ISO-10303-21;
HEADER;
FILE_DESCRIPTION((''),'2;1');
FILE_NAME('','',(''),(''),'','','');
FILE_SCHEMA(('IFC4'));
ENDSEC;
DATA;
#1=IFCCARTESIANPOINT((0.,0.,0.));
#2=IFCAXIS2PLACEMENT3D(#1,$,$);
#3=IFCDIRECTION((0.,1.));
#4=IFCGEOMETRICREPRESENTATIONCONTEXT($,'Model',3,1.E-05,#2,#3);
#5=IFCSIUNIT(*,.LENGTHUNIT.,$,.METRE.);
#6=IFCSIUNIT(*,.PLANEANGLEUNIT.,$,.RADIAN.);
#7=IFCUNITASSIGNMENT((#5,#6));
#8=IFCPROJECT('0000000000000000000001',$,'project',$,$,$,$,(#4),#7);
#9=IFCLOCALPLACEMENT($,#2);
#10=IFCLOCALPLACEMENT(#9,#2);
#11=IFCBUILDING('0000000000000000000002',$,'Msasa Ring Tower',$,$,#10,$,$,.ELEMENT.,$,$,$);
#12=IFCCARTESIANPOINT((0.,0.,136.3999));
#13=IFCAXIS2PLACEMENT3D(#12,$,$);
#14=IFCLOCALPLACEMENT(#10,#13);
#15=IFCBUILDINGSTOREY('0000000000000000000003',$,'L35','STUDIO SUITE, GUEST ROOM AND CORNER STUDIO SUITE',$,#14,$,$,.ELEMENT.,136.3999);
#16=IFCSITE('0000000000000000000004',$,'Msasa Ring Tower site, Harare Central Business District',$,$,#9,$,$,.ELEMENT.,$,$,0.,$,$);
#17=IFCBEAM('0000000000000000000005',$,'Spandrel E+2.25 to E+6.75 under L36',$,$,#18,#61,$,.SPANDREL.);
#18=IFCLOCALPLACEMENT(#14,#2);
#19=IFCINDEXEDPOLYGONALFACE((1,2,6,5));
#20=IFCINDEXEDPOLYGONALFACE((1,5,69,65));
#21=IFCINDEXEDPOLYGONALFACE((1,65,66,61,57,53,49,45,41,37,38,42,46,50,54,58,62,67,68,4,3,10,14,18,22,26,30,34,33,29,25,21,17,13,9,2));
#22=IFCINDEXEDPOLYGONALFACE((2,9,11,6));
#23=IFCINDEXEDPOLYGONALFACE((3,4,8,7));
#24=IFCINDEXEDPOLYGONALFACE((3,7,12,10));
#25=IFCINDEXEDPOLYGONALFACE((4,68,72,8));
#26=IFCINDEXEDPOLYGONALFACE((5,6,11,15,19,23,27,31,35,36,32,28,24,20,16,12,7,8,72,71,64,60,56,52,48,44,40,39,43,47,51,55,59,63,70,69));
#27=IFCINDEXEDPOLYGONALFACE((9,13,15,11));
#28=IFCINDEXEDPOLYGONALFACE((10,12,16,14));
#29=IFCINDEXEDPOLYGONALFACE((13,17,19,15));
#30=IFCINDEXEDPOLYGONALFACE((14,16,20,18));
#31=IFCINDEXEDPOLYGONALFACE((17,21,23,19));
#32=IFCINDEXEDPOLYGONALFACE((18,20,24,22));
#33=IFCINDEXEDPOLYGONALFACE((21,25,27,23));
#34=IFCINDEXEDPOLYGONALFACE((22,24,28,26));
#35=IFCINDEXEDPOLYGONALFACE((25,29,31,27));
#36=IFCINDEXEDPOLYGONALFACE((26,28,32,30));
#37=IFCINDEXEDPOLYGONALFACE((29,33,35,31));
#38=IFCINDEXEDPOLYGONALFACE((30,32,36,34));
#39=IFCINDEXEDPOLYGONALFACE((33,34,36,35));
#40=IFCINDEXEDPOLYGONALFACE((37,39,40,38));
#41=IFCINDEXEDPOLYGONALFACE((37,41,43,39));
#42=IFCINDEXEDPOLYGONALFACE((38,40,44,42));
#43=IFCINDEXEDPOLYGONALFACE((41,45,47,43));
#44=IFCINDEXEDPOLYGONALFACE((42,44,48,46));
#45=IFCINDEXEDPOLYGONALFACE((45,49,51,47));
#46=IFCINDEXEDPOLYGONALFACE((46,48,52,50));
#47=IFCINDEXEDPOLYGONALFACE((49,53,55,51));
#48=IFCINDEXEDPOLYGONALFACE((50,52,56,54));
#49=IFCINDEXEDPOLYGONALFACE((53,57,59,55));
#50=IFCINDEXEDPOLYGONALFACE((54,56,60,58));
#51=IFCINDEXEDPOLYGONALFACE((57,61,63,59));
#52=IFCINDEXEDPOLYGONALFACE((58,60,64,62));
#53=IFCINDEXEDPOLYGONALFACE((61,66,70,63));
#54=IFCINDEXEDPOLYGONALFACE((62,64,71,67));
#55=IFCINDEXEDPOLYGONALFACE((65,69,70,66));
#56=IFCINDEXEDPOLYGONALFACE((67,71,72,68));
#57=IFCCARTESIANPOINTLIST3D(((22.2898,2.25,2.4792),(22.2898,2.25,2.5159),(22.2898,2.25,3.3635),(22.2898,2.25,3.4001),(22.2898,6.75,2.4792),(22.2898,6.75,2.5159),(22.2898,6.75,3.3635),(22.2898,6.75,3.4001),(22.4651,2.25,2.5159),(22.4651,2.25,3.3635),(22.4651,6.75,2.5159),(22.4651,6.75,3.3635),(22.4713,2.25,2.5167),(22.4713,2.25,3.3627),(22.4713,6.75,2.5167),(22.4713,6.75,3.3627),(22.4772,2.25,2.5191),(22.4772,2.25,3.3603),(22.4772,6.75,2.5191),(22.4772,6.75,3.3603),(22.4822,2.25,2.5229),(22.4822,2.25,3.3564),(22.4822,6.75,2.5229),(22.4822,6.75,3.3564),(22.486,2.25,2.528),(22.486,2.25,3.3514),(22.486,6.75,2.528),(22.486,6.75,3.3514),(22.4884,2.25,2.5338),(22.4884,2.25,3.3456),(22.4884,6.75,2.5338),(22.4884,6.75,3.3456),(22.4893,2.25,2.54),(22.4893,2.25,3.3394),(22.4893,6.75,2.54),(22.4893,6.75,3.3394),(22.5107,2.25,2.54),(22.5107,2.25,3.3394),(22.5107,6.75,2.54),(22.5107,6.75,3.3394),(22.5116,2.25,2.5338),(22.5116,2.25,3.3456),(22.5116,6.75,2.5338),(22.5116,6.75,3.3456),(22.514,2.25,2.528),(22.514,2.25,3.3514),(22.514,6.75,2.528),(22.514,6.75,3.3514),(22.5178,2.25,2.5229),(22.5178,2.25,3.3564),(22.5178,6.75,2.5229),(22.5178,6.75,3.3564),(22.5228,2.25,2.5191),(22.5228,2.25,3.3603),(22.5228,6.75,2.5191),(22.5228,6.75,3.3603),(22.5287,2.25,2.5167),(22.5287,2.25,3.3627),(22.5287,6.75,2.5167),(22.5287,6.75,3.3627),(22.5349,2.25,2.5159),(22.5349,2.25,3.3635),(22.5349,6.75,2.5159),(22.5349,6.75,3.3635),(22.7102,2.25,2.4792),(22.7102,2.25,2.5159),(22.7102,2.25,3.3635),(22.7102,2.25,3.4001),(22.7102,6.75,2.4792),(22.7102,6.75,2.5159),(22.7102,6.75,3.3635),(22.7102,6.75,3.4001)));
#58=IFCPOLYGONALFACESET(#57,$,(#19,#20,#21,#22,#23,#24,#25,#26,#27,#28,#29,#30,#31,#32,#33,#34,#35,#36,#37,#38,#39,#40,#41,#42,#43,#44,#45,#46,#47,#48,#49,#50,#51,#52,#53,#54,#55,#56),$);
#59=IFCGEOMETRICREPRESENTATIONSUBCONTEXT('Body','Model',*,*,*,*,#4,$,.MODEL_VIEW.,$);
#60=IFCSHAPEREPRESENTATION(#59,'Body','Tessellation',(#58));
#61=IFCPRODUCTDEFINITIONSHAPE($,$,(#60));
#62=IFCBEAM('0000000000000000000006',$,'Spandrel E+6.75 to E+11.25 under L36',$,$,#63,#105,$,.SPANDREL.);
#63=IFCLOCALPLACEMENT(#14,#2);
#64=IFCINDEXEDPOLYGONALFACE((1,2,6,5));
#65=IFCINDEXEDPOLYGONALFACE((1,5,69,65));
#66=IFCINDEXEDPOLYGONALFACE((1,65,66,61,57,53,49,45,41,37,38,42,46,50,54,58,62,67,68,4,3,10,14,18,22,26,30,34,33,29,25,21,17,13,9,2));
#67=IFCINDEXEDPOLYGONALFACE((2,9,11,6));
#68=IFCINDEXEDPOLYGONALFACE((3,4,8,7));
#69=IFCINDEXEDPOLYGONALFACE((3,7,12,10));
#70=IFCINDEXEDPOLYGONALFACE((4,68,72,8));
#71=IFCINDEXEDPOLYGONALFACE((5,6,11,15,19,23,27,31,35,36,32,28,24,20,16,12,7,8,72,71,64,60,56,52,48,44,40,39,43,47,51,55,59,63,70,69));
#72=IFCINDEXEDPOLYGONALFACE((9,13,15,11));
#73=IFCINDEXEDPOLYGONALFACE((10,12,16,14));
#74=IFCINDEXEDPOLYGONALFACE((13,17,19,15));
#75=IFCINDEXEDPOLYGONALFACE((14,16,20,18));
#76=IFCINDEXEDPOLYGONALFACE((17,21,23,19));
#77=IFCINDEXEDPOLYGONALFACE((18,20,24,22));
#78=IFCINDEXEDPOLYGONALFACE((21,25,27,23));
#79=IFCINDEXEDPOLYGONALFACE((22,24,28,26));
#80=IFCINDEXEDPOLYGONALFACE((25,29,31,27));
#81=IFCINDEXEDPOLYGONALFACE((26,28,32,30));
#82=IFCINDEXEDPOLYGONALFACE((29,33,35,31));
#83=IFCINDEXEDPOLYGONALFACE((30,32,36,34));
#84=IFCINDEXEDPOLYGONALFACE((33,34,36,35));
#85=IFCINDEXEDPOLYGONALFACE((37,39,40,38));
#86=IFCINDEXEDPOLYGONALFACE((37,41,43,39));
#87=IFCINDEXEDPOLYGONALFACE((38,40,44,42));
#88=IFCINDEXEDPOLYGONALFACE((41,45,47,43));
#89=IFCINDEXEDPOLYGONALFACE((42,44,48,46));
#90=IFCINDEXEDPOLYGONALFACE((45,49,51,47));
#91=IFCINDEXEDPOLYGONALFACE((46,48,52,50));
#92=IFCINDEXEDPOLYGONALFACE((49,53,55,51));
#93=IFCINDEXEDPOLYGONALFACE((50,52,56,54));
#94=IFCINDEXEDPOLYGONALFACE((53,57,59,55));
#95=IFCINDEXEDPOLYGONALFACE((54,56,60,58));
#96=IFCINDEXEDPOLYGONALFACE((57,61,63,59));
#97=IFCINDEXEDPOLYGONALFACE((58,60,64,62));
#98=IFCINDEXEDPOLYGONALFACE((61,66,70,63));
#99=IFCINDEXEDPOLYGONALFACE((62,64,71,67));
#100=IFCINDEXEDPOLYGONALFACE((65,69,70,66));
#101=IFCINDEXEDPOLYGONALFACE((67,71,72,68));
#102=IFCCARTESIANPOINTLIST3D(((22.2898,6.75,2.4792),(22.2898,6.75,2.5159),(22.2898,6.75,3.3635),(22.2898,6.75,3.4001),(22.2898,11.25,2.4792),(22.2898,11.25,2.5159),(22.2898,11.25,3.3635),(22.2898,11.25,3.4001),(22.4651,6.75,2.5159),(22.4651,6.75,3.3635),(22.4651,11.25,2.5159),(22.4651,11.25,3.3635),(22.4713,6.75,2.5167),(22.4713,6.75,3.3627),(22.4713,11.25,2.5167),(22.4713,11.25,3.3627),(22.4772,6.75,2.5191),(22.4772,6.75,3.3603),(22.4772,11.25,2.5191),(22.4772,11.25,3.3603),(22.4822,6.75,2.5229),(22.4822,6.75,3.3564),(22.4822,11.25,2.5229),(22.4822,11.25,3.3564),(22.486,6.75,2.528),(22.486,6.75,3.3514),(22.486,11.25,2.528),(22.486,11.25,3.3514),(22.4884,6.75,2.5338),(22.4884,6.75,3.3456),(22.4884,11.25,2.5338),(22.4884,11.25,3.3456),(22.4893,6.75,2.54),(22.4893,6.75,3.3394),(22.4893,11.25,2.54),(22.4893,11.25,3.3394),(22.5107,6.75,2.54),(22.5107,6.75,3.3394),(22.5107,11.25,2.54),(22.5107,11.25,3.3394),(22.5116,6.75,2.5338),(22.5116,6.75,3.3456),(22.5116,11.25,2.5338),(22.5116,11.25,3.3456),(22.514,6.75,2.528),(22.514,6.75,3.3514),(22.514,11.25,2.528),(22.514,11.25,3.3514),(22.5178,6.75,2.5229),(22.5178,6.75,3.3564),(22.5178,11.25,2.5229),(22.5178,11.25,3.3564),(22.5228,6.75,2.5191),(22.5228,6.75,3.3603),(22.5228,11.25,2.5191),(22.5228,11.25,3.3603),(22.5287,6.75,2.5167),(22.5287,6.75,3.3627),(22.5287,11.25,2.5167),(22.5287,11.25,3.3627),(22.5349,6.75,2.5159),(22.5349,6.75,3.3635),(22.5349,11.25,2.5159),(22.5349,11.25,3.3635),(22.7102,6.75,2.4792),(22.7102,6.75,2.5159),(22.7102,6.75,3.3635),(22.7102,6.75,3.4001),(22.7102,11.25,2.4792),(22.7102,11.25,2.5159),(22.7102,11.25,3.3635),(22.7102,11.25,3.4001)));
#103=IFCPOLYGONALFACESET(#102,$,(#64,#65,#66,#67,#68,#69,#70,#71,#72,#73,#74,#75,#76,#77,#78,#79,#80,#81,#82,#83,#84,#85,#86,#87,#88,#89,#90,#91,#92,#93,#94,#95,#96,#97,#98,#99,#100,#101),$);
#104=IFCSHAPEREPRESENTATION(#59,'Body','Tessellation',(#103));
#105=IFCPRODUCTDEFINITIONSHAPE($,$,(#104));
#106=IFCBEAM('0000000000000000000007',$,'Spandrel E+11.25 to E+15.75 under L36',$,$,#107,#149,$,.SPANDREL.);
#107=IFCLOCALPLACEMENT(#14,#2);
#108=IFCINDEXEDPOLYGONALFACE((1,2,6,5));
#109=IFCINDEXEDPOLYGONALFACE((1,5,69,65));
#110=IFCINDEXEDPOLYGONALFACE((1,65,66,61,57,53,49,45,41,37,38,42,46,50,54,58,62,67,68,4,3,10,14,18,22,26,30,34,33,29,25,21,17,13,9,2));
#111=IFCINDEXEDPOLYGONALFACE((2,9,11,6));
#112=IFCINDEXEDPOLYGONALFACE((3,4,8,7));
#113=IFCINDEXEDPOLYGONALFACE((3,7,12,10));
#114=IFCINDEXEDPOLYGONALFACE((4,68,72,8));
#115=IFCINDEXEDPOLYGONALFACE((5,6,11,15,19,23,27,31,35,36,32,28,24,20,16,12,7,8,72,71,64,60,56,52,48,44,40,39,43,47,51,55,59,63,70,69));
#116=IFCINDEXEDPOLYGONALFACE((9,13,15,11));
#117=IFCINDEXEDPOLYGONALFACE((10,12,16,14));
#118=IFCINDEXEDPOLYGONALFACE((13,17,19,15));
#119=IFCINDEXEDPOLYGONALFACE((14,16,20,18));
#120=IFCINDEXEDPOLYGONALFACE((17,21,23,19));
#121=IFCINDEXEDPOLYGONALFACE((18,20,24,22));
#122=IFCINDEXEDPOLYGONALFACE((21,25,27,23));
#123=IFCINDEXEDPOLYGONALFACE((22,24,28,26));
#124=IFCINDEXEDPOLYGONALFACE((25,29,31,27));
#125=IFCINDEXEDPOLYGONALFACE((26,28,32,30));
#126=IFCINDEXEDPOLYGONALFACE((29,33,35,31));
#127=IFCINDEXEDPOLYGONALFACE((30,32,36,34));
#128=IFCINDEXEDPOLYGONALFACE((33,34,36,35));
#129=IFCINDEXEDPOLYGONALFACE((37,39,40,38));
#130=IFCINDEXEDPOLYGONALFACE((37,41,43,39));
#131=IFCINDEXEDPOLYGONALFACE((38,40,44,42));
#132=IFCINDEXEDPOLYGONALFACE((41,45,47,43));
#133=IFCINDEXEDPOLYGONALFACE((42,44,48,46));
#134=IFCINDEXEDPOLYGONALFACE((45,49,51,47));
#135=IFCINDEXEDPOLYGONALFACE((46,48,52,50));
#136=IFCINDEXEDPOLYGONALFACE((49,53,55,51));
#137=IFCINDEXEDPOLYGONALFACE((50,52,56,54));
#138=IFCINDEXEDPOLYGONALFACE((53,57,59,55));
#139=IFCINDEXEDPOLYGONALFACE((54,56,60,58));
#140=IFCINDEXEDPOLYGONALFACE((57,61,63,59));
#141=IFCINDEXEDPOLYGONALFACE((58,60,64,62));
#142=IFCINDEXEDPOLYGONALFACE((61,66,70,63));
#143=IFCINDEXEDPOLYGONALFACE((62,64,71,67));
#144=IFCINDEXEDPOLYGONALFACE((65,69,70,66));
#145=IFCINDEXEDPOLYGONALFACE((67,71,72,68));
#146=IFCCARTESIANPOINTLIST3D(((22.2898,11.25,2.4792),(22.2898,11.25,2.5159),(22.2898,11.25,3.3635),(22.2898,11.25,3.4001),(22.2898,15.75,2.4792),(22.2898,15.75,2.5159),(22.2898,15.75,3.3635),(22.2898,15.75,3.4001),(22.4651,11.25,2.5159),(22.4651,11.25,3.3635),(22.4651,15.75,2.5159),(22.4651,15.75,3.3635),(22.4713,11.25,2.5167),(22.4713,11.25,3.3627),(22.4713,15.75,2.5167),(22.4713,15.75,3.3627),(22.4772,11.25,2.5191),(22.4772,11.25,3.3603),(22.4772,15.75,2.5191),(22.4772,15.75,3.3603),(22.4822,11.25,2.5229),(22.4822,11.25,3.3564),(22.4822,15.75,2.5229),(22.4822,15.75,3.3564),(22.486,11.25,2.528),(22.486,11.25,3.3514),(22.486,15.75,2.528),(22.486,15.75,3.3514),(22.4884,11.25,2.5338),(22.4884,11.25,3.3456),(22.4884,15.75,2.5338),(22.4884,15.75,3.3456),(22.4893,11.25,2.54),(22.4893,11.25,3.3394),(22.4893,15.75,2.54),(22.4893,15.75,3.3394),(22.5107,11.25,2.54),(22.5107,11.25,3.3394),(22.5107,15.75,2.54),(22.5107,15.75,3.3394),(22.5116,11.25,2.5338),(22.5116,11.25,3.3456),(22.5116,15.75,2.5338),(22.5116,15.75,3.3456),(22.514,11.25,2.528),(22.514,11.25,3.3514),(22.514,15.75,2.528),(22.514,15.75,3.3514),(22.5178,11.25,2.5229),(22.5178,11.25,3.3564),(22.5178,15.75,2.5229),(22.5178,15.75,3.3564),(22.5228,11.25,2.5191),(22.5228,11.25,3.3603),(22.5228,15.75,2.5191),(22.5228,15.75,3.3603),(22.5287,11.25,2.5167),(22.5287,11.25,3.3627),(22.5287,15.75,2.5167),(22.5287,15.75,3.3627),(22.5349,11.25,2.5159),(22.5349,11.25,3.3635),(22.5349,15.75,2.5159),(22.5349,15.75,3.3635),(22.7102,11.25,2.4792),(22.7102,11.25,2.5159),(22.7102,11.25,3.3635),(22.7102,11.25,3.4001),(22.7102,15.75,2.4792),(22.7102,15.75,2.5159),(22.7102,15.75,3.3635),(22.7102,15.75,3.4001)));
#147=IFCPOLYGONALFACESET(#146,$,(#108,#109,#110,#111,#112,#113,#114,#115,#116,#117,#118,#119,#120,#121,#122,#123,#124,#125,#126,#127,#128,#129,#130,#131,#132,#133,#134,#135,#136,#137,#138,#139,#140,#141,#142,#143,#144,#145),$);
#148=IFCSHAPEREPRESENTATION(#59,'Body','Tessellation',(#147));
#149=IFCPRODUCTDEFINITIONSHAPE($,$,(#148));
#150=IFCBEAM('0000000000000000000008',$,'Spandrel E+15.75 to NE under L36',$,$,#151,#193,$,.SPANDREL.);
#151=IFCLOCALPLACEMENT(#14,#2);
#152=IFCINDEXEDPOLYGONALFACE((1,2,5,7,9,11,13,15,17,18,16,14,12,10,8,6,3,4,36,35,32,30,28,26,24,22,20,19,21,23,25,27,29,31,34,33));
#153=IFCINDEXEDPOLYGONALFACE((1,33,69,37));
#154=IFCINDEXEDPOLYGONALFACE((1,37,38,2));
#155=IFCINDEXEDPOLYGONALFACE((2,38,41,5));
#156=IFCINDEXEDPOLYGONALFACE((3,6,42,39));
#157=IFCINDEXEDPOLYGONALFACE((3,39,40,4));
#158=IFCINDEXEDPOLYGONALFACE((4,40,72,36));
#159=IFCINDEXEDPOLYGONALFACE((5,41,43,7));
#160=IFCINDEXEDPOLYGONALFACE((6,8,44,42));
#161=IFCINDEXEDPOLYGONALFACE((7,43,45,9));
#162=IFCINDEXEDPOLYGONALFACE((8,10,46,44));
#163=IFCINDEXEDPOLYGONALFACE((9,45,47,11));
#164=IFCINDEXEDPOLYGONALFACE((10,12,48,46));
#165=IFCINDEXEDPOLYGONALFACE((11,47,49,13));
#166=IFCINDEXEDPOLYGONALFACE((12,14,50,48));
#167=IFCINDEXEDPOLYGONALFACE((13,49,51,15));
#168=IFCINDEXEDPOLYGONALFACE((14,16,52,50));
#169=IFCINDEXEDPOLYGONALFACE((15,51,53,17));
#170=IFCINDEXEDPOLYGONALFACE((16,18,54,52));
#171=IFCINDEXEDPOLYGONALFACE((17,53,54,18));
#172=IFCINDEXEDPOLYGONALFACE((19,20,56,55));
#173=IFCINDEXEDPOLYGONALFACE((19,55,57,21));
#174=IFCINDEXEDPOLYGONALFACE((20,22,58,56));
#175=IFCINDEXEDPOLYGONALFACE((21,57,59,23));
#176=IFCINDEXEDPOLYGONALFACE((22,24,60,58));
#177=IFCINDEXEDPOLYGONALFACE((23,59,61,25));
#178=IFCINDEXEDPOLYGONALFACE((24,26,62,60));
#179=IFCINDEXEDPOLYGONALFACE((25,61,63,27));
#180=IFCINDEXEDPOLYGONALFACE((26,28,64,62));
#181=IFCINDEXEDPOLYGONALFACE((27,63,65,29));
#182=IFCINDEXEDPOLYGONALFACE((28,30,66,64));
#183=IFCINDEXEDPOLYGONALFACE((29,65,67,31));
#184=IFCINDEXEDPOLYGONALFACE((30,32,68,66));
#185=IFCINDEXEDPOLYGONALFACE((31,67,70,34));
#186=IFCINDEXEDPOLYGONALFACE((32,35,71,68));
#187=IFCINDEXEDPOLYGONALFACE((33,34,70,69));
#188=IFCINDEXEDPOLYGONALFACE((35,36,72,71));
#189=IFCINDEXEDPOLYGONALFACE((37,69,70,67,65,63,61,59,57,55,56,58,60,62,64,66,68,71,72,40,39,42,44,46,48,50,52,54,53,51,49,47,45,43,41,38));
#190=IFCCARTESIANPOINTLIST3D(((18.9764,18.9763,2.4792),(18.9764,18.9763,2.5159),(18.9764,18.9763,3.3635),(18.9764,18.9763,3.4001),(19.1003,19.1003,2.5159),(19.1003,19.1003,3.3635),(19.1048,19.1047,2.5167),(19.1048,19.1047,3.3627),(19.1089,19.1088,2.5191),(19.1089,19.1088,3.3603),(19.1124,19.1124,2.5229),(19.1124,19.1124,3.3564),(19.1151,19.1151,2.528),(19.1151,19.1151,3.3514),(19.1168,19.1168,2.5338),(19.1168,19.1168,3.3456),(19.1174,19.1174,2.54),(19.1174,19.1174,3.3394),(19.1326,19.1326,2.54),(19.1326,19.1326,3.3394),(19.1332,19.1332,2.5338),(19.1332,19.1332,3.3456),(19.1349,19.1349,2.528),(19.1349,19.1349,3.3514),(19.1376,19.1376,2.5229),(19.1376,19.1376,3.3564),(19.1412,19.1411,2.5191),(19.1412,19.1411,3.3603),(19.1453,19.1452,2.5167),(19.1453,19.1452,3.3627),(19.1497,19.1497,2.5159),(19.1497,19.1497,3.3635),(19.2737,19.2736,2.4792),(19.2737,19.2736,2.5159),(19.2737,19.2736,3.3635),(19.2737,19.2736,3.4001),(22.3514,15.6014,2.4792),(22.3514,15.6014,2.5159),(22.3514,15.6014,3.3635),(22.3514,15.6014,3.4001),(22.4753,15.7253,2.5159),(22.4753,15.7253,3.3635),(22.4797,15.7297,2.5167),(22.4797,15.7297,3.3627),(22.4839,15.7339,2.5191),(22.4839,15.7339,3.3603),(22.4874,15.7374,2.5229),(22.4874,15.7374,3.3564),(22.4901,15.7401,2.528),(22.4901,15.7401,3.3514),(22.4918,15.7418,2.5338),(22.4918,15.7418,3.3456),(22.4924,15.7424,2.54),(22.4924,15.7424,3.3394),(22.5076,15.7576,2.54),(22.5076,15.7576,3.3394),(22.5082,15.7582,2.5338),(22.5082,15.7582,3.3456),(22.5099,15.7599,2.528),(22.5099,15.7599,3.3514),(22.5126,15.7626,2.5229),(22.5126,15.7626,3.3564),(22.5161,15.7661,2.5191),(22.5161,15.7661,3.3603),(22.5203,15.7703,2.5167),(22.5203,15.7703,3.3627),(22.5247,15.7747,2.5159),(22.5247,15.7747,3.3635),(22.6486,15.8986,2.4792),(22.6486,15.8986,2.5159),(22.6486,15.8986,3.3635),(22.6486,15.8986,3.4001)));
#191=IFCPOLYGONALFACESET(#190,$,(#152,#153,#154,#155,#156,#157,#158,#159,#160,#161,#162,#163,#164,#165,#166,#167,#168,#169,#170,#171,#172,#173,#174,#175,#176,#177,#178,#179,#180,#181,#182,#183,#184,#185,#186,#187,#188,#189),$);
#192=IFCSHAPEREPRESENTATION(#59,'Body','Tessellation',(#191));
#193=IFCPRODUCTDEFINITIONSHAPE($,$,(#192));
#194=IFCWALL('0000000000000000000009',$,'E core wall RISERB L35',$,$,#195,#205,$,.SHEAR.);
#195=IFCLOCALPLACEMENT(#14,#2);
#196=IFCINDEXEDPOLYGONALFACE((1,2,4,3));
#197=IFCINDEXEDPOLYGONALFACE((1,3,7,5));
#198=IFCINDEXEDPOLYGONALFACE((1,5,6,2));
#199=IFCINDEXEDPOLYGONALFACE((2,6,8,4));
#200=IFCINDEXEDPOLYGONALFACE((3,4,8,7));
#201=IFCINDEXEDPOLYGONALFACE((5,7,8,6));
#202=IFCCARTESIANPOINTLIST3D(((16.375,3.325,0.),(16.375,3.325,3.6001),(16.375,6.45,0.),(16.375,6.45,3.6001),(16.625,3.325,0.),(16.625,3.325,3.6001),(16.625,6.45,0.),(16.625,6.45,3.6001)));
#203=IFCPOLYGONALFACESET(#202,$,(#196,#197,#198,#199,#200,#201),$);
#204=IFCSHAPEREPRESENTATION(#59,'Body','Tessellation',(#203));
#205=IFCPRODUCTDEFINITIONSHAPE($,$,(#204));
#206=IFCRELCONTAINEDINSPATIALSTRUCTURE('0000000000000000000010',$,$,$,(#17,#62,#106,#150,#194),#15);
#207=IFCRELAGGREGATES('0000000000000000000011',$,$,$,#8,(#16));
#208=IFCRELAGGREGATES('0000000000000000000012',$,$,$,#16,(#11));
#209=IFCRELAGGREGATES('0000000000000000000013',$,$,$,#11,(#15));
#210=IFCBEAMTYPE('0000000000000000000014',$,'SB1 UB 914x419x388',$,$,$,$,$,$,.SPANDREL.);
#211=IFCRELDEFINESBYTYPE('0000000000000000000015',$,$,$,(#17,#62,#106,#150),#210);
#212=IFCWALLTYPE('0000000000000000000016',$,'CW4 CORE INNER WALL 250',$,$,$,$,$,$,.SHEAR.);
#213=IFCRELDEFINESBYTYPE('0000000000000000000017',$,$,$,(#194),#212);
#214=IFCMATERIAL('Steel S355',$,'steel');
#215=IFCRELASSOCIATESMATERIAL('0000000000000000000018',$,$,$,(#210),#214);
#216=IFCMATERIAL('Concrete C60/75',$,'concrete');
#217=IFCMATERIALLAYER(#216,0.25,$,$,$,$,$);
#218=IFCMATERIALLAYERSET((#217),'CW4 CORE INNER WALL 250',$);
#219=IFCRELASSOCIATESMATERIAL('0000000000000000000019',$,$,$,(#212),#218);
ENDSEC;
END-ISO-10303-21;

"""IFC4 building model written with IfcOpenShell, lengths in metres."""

from ifc_helpers import new_model, si_unit, direction, frame, frame_2d, origin, origin_2d, place, context, subcontext, project, spatial, rectangle, i_section, extrude, material, layer, layer_set, material_profile, profile_set, type_object, element, save


model = new_model("IFC4")

# Units and contexts
model_context = context("Model", 3, precision=1e-05, world=origin(), true_north=direction((0.0, 1.0)))
body_context = subcontext(model_context, "Body", "Model", "MODEL_VIEW")
ifc_project = project(units=[si_unit("LENGTHUNIT", "METRE"), si_unit("PLANEANGLEUNIT", "RADIAN")], contexts=[model_context])

# Site, building, storey
site_placement = place(None, origin())
site = spatial("IfcSite", under=ifc_project, at=site_placement, Name="Msasa Ring Tower site, Harare Central Business District", CompositionType="ELEMENT", RefElevation=0.0)
building_placement = place(site_placement, origin())
building = spatial("IfcBuilding", under=site, at=building_placement, Name="Msasa Ring Tower", CompositionType="ELEMENT")
storey_placement = place(building_placement, frame((0.0, 0.0, 136.3999)))
storey = spatial("IfcBuildingStorey", under=building, at=storey_placement, Name="L35", Description="STUDIO SUITE, GUEST ROOM AND CORNER STUDIO SUITE", CompositionType="ELEMENT", Elevation=136.3999)

# Beams
ifc_material_1 = material(Name="Steel S355", Category="steel")
ifc_material_profile_1 = material_profile(ifc_material_1, i_section(OverallWidth=0.4204, OverallDepth=0.9209, WebThickness=0.0215, FlangeThickness=0.0366, FilletRadius=0.0242, at=origin_2d()), Name="UB 914x419x388")
ifc_profile_set_1 = profile_set([ifc_material_profile_1], Name="Steel S355")
beam_type_1 = type_object("IfcBeamType", Name="SB1 UB 914x419x388", PredefinedType="SPANDREL", material=ifc_profile_set_1)
for number, where, z_axis, x_axis, name in (
    (1, (22.5, 2.25, 2.9397), (0.0, 1.0, 0.0), (-1.0, 0.0, 0.0), "Spandrel E+2.25 to E+6.75 under L36"),
    (2, (22.5, 6.75, 2.9397), (0.0, 1.0, 0.0), (-1.0, 0.0, 0.0), "Spandrel E+6.75 to E+11.25 under L36"),
    (3, (22.5, 11.25, 2.9397), (0.0, 1.0, 0.0), (-1.0, 0.0, 0.0), "Spandrel E+11.25 to E+15.75 under L36"),
):
    element("IfcBeam", number, at=place(storey_placement, frame(where, z_axis=z_axis, x_axis=x_axis)), inside=storey, type_object=beam_type_1, Name=name, PredefinedType="SPANDREL", context=body_context, shape_type="SweptSolid", body=[
        extrude(i_section(OverallWidth=0.4204, OverallDepth=0.9209, WebThickness=0.0215, FlangeThickness=0.0366, FilletRadius=0.0242, at=origin_2d()), origin(), (0.0, 0.0, 1.0), 4.5),
    ])
beam_1_placement = place(storey_placement, frame((22.5, 15.75, 2.9397), z_axis=(-0.707107, 0.707107, 0.0), x_axis=(-0.707107, -0.707107, 0.0)))
element("IfcBeam", 4, at=beam_1_placement, inside=storey, type_object=beam_type_1, Name="Spandrel E+15.75 to NE under L36", PredefinedType="SPANDREL", context=body_context, shape_type="SweptSolid", body=[
    extrude(i_section(OverallWidth=0.4204, OverallDepth=0.9209, WebThickness=0.0215, FlangeThickness=0.0366, FilletRadius=0.0242, at=origin_2d()), origin(), (0.0, 0.0, 1.0), 4.7729),
])

# Wall
ifc_material_2 = material(Name="Concrete C60/75", Category="concrete")
ifc_layer_1 = layer(ifc_material_2, 0.25)
ifc_layer_set_1 = layer_set([ifc_layer_1], Name="CW4 CORE INNER WALL 250")
wall_type_1 = type_object("IfcWallType", Name="CW4 CORE INNER WALL 250", PredefinedType="SHEAR", material=ifc_layer_set_1)
wall_1_placement = place(storey_placement, frame((16.5, 3.325, 0.0), z_axis=(0.0, 0.0, 1.0), x_axis=(0.0, 1.0, 0.0)))
element("IfcWall", 5, at=wall_1_placement, inside=storey, type_object=wall_type_1, Name="E core wall RISERB L35", PredefinedType="SHEAR", context=body_context, shape_type="SweptSolid", body=[
    extrude(rectangle(XDim=3.125, YDim=0.25, at=frame_2d((1.5625, 0.0))), origin(), (0.0, 0.0, 1.0), 3.6001),
])

save(model, "model.ifc")
